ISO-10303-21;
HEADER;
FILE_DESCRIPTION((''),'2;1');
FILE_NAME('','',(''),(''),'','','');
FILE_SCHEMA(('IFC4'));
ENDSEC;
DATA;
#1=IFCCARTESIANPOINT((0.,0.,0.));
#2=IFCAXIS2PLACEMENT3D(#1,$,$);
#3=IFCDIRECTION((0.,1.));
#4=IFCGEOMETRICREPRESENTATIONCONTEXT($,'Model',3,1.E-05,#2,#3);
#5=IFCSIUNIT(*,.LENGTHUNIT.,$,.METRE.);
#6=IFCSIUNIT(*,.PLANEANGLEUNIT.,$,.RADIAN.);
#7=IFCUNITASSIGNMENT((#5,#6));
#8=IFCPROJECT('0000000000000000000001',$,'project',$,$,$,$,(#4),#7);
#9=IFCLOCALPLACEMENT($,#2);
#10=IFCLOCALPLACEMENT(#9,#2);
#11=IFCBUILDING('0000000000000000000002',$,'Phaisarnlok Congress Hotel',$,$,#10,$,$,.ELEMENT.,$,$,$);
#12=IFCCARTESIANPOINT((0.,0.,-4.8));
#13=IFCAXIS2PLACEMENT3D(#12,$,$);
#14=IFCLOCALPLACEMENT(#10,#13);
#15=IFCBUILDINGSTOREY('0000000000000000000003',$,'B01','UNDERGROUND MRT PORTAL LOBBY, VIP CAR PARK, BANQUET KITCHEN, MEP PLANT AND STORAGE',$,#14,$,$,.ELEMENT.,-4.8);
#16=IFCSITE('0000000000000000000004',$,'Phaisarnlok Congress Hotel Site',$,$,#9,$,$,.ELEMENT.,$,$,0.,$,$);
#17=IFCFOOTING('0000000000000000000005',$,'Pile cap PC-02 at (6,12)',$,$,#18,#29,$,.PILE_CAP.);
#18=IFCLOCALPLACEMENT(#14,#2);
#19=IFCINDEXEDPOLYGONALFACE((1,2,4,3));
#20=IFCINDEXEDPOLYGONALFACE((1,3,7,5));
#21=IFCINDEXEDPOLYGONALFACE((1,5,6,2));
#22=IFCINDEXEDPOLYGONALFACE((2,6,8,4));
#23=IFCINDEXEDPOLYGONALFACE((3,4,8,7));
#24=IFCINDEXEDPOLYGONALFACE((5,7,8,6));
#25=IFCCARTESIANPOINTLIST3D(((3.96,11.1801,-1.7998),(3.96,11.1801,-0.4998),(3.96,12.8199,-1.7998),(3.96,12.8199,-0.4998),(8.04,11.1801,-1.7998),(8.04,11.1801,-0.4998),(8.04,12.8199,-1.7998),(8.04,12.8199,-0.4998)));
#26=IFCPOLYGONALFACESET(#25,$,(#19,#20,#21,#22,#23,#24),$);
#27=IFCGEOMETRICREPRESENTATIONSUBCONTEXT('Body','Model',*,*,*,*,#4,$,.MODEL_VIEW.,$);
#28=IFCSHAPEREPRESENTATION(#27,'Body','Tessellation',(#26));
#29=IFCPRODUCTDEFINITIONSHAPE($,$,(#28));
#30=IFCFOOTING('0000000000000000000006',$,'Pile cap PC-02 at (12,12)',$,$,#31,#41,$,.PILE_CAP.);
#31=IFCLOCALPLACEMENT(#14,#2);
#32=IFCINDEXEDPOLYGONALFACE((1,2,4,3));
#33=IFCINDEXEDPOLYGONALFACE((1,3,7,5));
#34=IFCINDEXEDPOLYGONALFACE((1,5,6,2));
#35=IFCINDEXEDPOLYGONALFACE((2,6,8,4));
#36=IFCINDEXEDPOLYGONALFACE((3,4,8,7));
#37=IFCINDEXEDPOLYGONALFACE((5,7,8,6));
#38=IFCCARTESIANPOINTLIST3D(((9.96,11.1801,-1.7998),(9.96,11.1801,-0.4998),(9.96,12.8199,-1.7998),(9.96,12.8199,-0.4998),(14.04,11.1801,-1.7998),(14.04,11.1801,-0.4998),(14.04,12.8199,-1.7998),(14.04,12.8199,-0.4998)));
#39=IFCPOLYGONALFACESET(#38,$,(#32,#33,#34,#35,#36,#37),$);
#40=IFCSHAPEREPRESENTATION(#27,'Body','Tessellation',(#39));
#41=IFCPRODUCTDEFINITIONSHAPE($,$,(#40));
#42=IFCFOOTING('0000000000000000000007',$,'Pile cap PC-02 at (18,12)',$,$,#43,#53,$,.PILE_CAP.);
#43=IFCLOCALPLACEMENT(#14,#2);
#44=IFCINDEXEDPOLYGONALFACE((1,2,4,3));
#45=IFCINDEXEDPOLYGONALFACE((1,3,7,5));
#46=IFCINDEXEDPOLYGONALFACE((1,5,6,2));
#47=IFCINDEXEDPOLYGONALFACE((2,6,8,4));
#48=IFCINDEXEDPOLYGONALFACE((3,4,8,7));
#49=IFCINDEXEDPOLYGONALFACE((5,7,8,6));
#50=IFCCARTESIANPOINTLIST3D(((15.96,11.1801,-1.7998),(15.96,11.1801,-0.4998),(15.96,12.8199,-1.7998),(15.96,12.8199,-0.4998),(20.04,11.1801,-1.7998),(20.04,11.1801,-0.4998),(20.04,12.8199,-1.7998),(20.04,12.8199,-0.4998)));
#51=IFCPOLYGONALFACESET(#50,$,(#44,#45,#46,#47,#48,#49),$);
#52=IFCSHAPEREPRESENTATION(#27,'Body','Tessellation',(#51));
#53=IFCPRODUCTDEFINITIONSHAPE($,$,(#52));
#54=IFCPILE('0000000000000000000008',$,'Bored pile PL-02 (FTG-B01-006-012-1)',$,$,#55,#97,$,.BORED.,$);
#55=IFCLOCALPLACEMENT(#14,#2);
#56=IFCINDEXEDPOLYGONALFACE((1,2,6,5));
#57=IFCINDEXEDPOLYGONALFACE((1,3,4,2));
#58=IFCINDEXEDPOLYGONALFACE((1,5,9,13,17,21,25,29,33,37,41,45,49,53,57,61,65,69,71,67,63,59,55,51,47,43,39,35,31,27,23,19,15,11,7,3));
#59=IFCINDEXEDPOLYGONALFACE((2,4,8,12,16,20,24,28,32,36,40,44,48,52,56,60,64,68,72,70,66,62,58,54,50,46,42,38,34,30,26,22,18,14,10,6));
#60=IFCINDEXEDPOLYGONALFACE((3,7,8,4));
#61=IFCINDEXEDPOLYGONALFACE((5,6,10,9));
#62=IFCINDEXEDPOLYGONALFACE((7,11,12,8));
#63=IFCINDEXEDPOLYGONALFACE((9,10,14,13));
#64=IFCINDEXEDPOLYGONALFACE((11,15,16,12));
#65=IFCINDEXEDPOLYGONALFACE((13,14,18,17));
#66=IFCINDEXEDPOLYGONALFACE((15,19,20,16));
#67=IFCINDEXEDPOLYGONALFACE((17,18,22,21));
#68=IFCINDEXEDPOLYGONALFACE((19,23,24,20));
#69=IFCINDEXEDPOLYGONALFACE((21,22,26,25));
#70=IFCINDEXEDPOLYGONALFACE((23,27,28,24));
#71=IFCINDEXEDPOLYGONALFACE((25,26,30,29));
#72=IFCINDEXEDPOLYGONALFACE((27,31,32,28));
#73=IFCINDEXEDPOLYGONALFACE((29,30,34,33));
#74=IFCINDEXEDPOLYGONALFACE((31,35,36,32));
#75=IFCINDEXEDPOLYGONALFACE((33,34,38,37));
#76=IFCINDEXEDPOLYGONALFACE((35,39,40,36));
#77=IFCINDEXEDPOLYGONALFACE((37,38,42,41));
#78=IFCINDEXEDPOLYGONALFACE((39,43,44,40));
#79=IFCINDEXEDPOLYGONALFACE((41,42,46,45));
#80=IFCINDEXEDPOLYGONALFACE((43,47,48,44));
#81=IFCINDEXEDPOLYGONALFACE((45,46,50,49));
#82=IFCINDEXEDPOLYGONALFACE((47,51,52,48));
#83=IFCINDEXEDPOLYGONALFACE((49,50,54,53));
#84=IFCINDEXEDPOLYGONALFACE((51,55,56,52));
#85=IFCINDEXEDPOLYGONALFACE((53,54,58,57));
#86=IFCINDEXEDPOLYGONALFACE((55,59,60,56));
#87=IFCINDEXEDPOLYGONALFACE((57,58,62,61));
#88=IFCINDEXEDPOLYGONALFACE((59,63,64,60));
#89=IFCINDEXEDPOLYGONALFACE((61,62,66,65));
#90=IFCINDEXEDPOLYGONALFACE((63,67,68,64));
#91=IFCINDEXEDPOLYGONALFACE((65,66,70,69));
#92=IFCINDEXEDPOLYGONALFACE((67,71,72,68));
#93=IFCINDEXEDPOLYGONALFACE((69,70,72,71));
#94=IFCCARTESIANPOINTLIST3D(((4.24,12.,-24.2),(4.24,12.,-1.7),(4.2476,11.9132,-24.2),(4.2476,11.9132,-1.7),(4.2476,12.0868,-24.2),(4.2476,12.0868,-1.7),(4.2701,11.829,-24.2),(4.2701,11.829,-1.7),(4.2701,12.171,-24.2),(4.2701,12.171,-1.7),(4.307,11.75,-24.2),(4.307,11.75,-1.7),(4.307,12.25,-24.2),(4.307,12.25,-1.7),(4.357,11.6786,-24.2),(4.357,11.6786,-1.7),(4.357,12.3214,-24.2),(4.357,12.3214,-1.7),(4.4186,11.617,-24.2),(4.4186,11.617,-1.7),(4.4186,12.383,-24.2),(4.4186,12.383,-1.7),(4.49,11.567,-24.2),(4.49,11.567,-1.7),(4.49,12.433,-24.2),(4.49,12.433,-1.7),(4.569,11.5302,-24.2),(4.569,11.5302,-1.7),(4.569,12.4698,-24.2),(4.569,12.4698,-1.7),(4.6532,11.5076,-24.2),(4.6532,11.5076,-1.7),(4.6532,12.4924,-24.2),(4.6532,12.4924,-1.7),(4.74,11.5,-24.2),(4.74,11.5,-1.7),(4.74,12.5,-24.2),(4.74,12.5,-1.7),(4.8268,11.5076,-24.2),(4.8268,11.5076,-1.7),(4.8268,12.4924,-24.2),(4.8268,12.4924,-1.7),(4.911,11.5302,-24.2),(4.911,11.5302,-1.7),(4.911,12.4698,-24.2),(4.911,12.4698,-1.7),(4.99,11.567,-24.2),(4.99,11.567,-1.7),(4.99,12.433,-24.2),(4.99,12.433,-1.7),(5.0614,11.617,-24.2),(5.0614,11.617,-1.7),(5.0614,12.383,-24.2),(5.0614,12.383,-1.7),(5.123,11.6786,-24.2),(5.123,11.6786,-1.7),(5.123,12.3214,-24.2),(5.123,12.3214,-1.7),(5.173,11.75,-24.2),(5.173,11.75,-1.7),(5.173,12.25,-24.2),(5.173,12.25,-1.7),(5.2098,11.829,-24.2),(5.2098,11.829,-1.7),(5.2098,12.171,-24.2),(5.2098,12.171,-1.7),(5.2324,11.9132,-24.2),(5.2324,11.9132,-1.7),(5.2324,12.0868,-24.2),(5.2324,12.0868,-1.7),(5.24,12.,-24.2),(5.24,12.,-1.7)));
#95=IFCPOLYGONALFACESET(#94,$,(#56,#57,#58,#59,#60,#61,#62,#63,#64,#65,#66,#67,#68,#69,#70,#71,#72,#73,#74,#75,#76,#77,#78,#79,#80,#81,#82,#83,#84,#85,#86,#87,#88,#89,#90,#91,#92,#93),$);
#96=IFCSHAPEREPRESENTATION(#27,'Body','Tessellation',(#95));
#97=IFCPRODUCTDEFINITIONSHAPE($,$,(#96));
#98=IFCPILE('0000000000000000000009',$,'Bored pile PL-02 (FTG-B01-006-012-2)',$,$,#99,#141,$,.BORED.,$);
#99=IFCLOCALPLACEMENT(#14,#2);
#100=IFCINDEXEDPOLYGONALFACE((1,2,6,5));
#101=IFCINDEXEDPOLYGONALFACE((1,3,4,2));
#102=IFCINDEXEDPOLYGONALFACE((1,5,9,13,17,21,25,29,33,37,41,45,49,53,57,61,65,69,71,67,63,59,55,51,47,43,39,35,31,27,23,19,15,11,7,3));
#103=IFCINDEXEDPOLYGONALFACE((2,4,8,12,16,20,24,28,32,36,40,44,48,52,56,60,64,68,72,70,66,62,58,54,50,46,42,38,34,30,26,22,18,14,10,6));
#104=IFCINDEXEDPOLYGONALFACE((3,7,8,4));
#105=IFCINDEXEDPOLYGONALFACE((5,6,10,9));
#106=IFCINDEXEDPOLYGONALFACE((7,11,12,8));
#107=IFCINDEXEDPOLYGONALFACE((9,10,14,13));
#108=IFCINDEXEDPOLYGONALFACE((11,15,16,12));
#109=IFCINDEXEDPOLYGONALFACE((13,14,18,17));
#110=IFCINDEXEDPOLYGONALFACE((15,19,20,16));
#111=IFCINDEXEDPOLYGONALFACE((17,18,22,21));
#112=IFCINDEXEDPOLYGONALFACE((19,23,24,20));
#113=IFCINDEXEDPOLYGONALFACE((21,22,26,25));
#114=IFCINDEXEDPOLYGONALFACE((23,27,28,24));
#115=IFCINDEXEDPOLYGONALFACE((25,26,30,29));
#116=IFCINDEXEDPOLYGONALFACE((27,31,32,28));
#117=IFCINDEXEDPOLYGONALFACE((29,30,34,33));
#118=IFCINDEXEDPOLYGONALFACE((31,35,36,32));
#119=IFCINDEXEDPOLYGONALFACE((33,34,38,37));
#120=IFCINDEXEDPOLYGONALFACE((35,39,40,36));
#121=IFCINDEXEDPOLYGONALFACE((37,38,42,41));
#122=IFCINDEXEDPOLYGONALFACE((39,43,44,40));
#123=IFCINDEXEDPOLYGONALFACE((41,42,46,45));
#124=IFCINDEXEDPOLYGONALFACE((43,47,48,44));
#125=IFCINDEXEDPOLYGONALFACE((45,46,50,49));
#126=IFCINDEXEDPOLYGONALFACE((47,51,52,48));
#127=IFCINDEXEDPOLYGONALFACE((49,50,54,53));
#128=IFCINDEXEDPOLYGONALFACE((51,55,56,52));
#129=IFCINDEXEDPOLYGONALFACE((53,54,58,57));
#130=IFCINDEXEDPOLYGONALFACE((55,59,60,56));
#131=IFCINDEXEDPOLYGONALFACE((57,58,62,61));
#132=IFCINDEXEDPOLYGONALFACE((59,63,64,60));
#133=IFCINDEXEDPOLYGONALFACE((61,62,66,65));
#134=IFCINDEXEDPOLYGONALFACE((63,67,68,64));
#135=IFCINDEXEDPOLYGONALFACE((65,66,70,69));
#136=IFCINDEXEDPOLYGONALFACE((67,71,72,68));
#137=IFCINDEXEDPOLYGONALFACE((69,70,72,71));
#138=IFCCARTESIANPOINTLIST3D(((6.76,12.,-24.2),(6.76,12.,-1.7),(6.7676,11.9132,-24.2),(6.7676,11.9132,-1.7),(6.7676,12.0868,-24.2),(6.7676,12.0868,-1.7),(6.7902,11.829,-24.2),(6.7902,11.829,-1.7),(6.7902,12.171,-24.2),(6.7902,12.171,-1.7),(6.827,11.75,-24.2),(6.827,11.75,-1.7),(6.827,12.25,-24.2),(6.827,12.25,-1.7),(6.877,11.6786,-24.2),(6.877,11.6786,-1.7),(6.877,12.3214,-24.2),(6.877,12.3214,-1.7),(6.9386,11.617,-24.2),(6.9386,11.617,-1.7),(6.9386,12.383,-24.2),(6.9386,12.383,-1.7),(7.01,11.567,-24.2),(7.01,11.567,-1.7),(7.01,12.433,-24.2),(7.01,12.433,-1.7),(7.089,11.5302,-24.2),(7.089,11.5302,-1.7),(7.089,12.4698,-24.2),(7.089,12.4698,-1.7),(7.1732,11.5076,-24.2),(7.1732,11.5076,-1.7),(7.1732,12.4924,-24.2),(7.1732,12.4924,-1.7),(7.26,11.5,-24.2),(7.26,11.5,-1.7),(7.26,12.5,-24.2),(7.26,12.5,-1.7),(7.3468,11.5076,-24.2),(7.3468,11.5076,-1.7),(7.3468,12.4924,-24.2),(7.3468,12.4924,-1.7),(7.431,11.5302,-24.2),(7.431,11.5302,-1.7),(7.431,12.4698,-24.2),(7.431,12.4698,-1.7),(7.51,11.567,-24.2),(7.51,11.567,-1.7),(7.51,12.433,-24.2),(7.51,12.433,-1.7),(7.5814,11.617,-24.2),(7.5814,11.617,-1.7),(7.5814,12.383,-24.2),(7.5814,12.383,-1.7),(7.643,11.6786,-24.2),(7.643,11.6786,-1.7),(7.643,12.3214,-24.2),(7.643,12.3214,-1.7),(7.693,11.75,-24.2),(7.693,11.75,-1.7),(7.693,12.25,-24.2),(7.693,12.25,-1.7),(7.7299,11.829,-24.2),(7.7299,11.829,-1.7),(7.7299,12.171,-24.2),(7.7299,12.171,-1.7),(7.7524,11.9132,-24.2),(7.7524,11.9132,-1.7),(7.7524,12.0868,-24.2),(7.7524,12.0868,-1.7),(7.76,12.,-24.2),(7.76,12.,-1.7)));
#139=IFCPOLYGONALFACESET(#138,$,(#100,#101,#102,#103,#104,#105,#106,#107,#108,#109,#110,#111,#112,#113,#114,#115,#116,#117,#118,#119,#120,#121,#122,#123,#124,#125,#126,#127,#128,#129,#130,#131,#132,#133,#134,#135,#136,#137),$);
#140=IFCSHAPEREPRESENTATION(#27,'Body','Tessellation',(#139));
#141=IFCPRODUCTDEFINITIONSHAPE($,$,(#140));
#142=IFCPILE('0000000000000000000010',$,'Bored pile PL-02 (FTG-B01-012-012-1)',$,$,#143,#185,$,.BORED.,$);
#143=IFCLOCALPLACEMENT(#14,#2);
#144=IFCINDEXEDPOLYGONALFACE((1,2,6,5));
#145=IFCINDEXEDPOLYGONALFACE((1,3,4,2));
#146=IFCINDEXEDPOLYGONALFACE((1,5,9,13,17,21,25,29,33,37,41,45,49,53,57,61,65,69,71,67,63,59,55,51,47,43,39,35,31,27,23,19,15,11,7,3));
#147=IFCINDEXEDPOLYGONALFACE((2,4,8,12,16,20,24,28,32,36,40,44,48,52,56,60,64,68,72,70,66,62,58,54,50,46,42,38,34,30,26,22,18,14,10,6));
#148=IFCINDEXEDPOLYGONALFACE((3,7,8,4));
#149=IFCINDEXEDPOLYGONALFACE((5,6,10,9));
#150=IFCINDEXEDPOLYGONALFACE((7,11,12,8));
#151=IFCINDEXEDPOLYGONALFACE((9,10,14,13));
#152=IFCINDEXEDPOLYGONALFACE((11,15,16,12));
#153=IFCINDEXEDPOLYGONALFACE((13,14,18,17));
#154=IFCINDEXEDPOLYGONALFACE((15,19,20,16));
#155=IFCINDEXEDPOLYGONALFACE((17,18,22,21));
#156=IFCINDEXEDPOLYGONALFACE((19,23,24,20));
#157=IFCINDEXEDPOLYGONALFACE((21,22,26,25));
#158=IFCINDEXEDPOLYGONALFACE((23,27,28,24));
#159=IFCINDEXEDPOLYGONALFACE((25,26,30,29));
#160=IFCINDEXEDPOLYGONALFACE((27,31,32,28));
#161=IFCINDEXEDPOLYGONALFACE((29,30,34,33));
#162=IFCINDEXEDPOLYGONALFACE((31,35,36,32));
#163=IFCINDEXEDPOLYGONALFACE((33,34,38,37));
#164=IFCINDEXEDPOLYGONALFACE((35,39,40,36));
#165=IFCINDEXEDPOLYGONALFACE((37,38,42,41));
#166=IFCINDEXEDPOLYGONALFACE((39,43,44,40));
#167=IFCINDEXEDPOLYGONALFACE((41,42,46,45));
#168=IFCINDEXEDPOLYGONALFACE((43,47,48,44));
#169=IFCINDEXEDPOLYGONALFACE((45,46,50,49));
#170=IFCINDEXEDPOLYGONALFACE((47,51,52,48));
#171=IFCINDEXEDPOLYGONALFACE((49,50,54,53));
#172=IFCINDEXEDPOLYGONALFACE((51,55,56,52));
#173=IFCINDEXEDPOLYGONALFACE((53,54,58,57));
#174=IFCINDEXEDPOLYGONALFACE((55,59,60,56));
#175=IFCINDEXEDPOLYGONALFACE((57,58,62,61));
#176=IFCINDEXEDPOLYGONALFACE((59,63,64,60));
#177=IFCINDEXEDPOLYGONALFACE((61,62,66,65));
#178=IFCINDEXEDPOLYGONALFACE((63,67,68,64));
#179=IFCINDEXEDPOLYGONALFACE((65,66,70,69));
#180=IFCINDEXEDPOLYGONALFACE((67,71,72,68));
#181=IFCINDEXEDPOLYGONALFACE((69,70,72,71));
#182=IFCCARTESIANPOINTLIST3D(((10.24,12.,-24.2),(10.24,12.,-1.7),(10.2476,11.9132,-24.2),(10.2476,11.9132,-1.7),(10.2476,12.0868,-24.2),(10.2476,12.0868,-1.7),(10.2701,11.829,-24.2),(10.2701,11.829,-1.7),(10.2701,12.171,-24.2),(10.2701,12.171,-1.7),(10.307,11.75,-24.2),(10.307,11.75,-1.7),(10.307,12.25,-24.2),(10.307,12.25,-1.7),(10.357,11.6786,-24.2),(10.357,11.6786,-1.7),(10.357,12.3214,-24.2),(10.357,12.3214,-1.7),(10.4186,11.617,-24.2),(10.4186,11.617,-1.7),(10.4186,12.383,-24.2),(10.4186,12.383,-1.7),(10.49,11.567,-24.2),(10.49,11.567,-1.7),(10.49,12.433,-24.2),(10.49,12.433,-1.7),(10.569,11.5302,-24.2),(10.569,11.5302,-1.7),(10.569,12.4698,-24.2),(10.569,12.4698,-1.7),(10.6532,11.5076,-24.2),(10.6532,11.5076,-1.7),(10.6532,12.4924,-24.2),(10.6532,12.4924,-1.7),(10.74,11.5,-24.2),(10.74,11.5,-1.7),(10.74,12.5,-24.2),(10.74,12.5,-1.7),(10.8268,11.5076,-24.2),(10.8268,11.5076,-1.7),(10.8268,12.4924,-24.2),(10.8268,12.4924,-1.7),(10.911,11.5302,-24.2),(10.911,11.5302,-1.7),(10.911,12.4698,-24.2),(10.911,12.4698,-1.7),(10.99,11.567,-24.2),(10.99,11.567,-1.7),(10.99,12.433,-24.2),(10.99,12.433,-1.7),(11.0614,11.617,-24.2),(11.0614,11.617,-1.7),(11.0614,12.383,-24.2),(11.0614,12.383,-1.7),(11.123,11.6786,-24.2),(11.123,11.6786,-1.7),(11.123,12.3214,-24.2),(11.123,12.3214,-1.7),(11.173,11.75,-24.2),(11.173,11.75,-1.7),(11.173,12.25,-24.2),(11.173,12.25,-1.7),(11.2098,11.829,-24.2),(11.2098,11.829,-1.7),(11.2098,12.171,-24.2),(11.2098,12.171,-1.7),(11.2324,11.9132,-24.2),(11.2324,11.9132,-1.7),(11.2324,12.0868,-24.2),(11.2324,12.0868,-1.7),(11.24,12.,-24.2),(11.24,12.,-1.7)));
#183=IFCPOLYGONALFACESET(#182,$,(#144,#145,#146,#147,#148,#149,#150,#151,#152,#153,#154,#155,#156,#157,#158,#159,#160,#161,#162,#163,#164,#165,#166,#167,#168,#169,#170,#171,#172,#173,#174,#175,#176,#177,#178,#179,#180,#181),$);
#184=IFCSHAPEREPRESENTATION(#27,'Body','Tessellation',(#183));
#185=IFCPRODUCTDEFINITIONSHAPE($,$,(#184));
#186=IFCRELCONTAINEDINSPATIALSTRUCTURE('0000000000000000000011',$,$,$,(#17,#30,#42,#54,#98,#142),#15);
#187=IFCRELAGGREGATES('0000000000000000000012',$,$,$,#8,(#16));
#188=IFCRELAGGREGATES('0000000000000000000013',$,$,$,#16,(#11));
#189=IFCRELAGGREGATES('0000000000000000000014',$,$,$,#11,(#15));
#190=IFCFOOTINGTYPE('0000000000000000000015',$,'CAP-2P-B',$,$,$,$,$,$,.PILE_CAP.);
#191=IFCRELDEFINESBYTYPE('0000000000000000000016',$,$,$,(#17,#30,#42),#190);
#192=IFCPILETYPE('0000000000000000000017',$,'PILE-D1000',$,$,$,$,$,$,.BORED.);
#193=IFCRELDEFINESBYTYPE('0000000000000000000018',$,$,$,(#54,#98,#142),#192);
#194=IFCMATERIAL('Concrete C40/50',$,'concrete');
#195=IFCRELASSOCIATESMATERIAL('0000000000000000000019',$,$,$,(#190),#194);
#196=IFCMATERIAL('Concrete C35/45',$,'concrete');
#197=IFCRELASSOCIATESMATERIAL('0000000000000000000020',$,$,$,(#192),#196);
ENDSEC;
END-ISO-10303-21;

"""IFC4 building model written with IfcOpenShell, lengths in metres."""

from ifc_helpers import new_model, si_unit, direction, frame, origin, origin_2d, place, context, subcontext, project, spatial, rectangle, circle, extrude, material, material_profile, profile_set, type_object, element, save


model = new_model("IFC4")

# Units and contexts
model_context = context("Model", 3, precision=1e-05, world=origin(), true_north=direction((0.0, 1.0)))
body_context = subcontext(model_context, "Body", "Model", "MODEL_VIEW")
ifc_project = project(units=[si_unit("LENGTHUNIT", "METRE"), si_unit("PLANEANGLEUNIT", "RADIAN")], contexts=[model_context])

# Site, building, storey
site_placement = place(None, origin())
site = spatial("IfcSite", under=ifc_project, at=site_placement, Name="Phaisarnlok Congress Hotel Site", CompositionType="ELEMENT", RefElevation=0.0)
building_placement = place(site_placement, origin())
building = spatial("IfcBuilding", under=site, at=building_placement, Name="Phaisarnlok Congress Hotel", CompositionType="ELEMENT")
storey_placement = place(building_placement, frame((0.0, 0.0, -4.8)))
storey = spatial("IfcBuildingStorey", under=building, at=storey_placement, Name="B01", Description="UNDERGROUND MRT PORTAL LOBBY, VIP CAR PARK, BANQUET KITCHEN, MEP PLANT AND STORAGE", CompositionType="ELEMENT", Elevation=-4.8)

# Footings
ifc_material_1 = material(Name="Concrete C40/50", Category="concrete")
footing_type = type_object("IfcFootingType", Name="CAP-2P-B", PredefinedType="PILE_CAP", material=ifc_material_1)
for number, where, z_axis, x_axis, name in (
    (1, (6.0, 12.0, -1.7998), (0.0, 0.0, 1.0), (1.0, 0.0, 0.0), "Pile cap PC-02 at (6,12)"),
    (2, (12.0, 12.0, -1.7998), (0.0, 0.0, 1.0), (1.0, 0.0, 0.0), "Pile cap PC-02 at (12,12)"),
    (3, (18.0, 12.0, -1.7998), (0.0, 0.0, 1.0), (1.0, 0.0, 0.0), "Pile cap PC-02 at (18,12)"),
):
    element("IfcFooting", number, at=place(storey_placement, frame(where, z_axis=z_axis, x_axis=x_axis)), inside=storey, type_object=footing_type, Name=name, PredefinedType="PILE_CAP", context=body_context, shape_type="SweptSolid", body=[
        extrude(rectangle(XDim=4.0801, YDim=1.6399, at=origin_2d()), origin(), (0.0, 0.0, 1.0), 1.3),
    ])

# Piles
ifc_material_2 = material(Name="Concrete C35/45", Category="concrete")
ifc_material_profile_1 = material_profile(ifc_material_2, circle(Radius=0.5, at=origin_2d()), Name="BORED PILE D1000")
ifc_profile_set_1 = profile_set([ifc_material_profile_1], Name="Concrete C35/45")
pile_type = type_object("IfcPileType", Name="PILE-D1000", PredefinedType="BORED", material=ifc_profile_set_1)
for number, where, z_axis, x_axis, name in (
    (4, (4.74, 12.0, -1.7), (0.0, 0.0, -1.0), (1.0, 0.0, 0.0), "Bored pile PL-02 (FTG-B01-006-012-1)"),
    (5, (7.26, 12.0, -1.7), (0.0, 0.0, -1.0), (1.0, 0.0, 0.0), "Bored pile PL-02 (FTG-B01-006-012-2)"),
    (6, (10.74, 12.0, -1.7), (0.0, 0.0, -1.0), (1.0, 0.0, 0.0), "Bored pile PL-02 (FTG-B01-012-012-1)"),
):
    element("IfcPile", number, at=place(storey_placement, frame(where, z_axis=z_axis, x_axis=x_axis)), inside=storey, type_object=pile_type, Name=name, PredefinedType="BORED", context=body_context, shape_type="SweptSolid", body=[
        extrude(circle(Radius=0.5, at=origin_2d()), origin(), (0.0, 0.0, 1.0), 22.5),
    ])

save(model, "model.ifc")
